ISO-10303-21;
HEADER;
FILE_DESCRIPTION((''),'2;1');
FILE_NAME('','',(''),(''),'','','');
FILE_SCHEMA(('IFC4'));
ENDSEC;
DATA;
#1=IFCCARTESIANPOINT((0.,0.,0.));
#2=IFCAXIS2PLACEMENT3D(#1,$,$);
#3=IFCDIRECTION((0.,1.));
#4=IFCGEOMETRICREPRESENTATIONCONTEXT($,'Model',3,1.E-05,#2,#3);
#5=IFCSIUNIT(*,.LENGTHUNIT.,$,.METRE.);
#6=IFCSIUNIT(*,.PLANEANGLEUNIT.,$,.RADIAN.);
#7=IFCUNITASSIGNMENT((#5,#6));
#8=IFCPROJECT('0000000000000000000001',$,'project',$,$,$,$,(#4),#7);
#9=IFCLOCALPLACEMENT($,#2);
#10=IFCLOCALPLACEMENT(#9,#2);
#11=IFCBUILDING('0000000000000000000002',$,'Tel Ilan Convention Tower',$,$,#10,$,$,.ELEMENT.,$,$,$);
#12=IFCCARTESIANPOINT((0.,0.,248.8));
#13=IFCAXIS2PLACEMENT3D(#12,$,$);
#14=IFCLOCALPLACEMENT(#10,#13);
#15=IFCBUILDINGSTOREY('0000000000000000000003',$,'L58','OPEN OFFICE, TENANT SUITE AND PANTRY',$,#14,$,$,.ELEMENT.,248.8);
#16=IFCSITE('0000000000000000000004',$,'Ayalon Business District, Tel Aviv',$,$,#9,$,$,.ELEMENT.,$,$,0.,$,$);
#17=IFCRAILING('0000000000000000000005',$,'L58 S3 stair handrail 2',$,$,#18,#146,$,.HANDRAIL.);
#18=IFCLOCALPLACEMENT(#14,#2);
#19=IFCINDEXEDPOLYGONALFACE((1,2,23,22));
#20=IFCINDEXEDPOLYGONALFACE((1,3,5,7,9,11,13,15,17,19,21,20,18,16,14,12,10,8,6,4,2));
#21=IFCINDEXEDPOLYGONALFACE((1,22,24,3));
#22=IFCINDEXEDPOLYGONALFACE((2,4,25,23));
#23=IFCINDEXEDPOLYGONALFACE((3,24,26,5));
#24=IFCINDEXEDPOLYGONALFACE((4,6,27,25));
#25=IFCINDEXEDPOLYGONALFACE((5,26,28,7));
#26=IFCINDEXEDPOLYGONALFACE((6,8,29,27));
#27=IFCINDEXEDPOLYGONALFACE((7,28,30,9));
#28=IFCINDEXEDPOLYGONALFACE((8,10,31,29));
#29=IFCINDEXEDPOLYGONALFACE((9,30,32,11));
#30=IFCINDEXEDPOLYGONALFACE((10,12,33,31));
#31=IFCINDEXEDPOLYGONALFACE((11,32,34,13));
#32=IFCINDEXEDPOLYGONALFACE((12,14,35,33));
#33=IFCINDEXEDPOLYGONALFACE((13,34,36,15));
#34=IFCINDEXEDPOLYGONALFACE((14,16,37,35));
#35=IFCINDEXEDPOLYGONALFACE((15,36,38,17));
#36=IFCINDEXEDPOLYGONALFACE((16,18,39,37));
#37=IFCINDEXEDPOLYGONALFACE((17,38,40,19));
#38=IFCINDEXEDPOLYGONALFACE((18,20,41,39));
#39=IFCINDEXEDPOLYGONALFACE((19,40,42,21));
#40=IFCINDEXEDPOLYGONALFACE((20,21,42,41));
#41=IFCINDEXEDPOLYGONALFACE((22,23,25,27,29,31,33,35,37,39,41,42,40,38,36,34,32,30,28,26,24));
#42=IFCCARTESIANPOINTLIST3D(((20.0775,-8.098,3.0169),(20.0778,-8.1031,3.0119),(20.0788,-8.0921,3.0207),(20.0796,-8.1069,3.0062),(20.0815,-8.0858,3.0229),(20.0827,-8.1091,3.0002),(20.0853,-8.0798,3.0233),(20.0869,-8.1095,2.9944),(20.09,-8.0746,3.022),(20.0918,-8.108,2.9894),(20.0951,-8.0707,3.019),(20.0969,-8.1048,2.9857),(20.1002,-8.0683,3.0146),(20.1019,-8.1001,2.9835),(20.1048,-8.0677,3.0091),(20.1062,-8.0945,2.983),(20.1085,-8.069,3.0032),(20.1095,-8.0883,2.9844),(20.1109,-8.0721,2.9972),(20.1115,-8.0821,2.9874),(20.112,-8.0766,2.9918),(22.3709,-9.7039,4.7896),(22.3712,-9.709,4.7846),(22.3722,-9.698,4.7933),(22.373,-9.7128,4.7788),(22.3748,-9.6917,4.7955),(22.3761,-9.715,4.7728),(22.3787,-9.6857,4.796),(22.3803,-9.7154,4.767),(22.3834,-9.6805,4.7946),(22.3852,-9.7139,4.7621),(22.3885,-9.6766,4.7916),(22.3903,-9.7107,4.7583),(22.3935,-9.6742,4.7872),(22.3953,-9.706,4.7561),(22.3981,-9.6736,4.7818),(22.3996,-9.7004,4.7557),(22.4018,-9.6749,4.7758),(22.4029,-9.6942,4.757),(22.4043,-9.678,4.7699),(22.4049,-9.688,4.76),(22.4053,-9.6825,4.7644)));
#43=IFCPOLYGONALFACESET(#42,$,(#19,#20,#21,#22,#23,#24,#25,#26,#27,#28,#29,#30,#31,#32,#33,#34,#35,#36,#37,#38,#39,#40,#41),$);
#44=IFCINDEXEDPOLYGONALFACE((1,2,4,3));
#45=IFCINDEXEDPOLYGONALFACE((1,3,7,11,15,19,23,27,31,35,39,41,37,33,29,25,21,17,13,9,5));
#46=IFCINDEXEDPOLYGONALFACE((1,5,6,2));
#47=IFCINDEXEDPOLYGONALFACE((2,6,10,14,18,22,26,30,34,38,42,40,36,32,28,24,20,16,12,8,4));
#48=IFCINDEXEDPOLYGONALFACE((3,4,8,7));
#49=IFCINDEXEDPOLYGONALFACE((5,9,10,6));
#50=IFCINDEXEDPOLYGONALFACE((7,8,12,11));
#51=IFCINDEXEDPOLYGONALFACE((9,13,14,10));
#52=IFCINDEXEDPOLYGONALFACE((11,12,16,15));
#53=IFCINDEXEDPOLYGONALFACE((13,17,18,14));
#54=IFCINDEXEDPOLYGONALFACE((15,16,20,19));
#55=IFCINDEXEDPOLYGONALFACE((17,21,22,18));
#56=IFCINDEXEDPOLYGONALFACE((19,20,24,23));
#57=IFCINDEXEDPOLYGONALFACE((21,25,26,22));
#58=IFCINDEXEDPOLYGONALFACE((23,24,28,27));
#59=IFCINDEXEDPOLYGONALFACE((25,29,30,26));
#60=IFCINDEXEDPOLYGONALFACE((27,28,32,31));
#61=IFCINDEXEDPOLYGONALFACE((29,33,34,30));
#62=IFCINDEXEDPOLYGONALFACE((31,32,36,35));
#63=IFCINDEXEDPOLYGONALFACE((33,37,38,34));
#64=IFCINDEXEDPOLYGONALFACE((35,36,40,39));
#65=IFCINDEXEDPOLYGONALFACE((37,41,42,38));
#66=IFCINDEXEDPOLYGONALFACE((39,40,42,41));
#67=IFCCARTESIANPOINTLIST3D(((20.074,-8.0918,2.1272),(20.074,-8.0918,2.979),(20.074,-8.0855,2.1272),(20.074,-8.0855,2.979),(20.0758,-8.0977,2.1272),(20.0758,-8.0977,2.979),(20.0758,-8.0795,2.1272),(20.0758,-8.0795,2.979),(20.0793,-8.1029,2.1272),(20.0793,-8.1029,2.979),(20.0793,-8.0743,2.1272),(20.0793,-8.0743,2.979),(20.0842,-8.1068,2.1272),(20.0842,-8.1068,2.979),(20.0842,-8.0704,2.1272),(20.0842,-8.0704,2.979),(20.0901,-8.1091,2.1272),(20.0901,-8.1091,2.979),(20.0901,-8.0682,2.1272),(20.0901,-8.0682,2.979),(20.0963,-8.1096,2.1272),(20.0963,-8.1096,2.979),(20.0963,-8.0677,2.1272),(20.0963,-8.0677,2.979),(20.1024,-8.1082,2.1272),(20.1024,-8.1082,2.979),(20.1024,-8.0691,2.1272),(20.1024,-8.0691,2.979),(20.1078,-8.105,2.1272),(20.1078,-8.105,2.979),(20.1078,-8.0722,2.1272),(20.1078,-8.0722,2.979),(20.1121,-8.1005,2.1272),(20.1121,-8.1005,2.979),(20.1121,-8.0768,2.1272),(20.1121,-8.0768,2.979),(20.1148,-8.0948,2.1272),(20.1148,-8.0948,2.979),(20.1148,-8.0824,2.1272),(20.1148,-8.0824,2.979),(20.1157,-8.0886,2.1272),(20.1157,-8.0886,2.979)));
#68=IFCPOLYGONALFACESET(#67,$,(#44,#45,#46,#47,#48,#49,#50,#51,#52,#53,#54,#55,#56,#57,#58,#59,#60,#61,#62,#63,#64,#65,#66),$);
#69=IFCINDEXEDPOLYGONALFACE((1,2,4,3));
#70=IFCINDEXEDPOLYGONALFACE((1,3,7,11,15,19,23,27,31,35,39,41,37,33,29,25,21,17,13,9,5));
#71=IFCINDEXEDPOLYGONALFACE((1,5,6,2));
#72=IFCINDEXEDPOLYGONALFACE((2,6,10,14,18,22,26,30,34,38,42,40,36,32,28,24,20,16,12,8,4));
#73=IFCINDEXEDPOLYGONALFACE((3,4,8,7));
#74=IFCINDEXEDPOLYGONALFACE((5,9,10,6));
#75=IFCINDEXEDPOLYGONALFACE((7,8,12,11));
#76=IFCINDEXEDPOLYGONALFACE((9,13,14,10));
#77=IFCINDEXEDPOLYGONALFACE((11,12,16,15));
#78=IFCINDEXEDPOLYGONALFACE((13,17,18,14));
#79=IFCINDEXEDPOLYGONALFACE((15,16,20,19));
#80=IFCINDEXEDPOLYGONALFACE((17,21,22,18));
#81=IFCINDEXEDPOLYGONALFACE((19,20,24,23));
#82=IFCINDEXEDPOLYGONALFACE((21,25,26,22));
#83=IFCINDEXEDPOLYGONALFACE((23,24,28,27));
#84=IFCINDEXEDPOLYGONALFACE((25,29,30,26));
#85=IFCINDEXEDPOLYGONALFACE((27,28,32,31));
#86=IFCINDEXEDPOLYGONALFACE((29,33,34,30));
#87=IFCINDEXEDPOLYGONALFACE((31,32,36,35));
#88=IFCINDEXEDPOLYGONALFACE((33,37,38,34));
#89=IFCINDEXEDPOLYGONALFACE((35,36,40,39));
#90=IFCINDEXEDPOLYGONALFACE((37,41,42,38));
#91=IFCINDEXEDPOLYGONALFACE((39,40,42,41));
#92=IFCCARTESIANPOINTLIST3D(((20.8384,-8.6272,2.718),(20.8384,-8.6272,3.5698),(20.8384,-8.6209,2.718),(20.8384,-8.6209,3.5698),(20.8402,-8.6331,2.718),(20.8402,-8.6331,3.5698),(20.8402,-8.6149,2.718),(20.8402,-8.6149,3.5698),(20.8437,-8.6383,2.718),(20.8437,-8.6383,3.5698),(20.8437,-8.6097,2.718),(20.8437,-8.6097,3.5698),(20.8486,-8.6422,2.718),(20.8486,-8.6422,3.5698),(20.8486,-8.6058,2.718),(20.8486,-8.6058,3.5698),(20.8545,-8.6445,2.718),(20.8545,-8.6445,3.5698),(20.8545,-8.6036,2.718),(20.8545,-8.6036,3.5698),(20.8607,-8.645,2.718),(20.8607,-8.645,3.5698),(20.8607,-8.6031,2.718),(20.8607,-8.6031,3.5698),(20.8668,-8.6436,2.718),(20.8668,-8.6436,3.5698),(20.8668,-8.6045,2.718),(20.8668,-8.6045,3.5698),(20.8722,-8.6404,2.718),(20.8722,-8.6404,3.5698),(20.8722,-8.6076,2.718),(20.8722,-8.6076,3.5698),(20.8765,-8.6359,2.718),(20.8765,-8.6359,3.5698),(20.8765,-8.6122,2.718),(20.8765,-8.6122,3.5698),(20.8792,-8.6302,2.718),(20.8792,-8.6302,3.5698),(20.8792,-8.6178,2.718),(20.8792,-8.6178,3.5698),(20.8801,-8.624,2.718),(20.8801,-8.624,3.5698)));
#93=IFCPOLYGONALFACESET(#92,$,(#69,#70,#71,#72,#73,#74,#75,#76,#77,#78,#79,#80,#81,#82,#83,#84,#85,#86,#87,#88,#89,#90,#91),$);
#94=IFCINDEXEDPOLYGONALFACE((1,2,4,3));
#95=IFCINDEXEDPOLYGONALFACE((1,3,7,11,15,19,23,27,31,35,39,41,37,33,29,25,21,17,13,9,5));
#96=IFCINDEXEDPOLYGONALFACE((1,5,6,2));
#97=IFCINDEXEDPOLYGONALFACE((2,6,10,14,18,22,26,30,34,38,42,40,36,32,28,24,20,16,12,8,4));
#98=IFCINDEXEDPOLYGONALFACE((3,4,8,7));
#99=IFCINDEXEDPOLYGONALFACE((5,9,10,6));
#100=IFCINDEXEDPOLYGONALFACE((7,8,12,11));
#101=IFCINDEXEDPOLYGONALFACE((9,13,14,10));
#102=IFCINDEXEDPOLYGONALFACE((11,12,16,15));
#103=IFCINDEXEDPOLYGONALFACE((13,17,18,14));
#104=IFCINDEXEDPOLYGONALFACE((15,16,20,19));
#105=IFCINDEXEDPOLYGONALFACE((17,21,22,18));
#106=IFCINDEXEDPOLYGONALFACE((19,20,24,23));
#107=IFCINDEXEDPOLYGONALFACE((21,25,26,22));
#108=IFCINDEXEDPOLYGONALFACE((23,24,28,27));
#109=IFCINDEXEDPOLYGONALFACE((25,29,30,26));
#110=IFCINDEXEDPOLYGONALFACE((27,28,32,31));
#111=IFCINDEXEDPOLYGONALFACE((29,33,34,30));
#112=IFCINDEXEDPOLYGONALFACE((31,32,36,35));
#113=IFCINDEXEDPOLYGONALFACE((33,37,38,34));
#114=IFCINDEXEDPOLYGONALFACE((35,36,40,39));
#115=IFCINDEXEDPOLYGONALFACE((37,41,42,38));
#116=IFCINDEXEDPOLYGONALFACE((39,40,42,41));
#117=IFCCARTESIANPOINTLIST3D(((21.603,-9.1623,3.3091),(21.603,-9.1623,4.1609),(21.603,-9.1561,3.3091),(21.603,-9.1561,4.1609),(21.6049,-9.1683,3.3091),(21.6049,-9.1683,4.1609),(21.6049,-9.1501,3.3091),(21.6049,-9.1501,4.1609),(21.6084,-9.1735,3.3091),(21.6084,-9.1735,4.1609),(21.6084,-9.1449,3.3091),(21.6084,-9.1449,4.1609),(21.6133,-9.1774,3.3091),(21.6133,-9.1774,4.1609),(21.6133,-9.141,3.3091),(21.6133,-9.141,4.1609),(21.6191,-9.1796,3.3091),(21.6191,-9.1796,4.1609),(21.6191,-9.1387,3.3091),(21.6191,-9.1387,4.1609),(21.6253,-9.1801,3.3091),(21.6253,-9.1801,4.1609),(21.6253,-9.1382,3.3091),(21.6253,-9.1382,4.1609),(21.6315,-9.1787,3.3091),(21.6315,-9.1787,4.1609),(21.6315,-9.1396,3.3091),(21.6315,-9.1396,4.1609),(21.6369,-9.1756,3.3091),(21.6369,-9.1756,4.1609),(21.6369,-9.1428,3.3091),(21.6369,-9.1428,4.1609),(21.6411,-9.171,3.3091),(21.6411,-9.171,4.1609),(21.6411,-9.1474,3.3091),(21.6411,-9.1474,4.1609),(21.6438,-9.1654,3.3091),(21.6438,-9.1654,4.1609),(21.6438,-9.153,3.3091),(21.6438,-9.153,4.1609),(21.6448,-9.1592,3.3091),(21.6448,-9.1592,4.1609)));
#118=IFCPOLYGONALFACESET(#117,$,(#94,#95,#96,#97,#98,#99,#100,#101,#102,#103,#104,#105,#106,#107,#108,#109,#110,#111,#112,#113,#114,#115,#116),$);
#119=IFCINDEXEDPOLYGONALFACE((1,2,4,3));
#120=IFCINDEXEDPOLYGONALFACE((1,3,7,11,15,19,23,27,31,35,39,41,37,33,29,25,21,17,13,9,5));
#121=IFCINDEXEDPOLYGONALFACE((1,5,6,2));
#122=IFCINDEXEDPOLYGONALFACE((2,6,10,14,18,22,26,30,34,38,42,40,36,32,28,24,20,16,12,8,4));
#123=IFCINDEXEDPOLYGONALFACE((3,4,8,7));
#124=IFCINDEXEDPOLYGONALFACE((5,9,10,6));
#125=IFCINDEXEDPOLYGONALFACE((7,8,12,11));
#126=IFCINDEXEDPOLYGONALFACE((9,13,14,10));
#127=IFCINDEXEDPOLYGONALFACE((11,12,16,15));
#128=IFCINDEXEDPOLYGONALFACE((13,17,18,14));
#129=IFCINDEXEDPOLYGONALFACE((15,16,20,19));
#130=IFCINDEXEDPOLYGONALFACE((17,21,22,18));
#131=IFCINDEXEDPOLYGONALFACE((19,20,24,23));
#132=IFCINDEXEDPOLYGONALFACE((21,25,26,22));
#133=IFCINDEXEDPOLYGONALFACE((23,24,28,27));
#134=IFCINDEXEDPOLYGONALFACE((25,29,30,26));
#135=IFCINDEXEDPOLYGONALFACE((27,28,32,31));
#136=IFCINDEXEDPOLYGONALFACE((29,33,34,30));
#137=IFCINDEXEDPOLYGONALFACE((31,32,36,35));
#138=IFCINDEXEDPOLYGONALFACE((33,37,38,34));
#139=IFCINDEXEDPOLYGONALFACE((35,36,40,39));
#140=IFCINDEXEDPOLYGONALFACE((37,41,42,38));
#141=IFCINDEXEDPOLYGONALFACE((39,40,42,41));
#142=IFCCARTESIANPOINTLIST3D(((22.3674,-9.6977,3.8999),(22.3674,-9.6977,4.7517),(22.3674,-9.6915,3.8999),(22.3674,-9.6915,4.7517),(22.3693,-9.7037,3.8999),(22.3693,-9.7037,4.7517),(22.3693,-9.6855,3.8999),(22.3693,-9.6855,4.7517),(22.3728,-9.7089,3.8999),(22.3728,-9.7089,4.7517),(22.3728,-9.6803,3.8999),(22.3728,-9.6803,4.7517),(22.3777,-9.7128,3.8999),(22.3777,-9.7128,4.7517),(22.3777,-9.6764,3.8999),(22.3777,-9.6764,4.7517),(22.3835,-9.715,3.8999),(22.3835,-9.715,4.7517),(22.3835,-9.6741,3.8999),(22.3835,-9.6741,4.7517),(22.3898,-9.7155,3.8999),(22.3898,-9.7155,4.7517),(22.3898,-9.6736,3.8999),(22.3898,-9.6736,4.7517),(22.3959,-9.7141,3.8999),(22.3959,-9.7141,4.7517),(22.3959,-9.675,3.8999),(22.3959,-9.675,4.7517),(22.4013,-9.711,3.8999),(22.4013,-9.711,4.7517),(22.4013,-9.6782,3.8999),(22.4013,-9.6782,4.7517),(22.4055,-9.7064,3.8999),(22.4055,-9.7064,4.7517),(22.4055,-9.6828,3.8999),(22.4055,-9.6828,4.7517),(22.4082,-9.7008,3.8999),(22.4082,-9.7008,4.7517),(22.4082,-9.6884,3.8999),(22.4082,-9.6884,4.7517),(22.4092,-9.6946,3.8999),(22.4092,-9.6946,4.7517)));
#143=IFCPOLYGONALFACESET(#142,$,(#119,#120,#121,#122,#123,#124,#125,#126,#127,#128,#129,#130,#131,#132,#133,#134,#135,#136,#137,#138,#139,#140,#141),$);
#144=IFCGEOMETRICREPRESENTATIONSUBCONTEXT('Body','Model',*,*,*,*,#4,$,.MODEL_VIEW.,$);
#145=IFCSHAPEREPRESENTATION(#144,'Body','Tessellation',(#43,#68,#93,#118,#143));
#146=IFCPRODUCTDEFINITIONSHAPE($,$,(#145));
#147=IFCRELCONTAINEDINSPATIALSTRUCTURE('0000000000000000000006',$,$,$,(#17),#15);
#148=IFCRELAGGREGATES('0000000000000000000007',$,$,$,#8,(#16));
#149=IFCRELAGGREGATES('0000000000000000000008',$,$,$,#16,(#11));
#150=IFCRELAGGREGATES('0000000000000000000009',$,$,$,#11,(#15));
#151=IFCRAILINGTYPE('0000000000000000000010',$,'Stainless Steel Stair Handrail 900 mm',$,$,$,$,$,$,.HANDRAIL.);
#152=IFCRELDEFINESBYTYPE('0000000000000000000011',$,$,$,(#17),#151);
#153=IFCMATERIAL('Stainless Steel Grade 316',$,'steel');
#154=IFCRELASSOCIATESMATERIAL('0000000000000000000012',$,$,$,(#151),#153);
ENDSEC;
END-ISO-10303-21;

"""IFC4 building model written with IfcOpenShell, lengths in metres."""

from ifc_helpers import new_model, si_unit, direction, frame, origin, origin_2d, place, context, subcontext, project, spatial, circle, extrude, material, type_object, element, save


model = new_model("IFC4")

# Units and contexts
model_context = context("Model", 3, precision=1e-05, world=origin(), true_north=direction((0.0, 1.0)))
body_context = subcontext(model_context, "Body", "Model", "MODEL_VIEW")
ifc_project = project(units=[si_unit("LENGTHUNIT", "METRE"), si_unit("PLANEANGLEUNIT", "RADIAN")], contexts=[model_context])

# Site, building, storey
site_placement = place(None, origin())
site = spatial("IfcSite", under=ifc_project, at=site_placement, Name="Ayalon Business District, Tel Aviv", CompositionType="ELEMENT", RefElevation=0.0)
building_placement = place(site_placement, origin())
building = spatial("IfcBuilding", under=site, at=building_placement, Name="Tel Ilan Convention Tower", CompositionType="ELEMENT")
storey_placement = place(building_placement, frame((0.0, 0.0, 248.8)))
storey = spatial("IfcBuildingStorey", under=building, at=storey_placement, Name="L58", Description="OPEN OFFICE, TENANT SUITE AND PANTRY", CompositionType="ELEMENT", Elevation=248.8)

# Railing
ifc_material_1 = material(Name="Stainless Steel Grade 316", Category="steel")
railing_type_1 = type_object("IfcRailingType", Name="Stainless Steel Stair Handrail 900 mm", PredefinedType="HANDRAIL", material=ifc_material_1)
railing_1_placement = place(storey_placement, frame((20.0947, -8.0886, 2.1272)))
element("IfcRailing", 1, at=railing_1_placement, inside=storey, type_object=railing_type_1, Name="L58 S3 stair handrail 2", PredefinedType="HANDRAIL", context=body_context, shape_type="SweptSolid", body=[
    extrude(circle(Radius=0.0239, at=origin_2d()), frame((0.0, 0.0, 0.876), z_axis=(0.692085, -0.484621, 0.53494), x_axis=(0.573591, 0.819142, 0.0)), (0.0, 0.0, 1.0), 3.3137),
    extrude(circle(Radius=0.021, at=origin_2d()), origin(), (0.0, 0.0, 1.0), 0.8518),
    extrude(circle(Radius=0.021, at=origin_2d()), frame((0.7644, -0.5354, 0.5908)), (0.0, 0.0, 1.0), 0.8518),
    extrude(circle(Radius=0.021, at=origin_2d()), frame((1.5291, -1.0706, 1.1819)), (0.0, 0.0, 1.0), 0.8518),
    extrude(circle(Radius=0.021, at=origin_2d()), frame((2.2935, -1.606, 1.7727)), (0.0, 0.0, 1.0), 0.8518),
])

save(model, "model.ifc")
